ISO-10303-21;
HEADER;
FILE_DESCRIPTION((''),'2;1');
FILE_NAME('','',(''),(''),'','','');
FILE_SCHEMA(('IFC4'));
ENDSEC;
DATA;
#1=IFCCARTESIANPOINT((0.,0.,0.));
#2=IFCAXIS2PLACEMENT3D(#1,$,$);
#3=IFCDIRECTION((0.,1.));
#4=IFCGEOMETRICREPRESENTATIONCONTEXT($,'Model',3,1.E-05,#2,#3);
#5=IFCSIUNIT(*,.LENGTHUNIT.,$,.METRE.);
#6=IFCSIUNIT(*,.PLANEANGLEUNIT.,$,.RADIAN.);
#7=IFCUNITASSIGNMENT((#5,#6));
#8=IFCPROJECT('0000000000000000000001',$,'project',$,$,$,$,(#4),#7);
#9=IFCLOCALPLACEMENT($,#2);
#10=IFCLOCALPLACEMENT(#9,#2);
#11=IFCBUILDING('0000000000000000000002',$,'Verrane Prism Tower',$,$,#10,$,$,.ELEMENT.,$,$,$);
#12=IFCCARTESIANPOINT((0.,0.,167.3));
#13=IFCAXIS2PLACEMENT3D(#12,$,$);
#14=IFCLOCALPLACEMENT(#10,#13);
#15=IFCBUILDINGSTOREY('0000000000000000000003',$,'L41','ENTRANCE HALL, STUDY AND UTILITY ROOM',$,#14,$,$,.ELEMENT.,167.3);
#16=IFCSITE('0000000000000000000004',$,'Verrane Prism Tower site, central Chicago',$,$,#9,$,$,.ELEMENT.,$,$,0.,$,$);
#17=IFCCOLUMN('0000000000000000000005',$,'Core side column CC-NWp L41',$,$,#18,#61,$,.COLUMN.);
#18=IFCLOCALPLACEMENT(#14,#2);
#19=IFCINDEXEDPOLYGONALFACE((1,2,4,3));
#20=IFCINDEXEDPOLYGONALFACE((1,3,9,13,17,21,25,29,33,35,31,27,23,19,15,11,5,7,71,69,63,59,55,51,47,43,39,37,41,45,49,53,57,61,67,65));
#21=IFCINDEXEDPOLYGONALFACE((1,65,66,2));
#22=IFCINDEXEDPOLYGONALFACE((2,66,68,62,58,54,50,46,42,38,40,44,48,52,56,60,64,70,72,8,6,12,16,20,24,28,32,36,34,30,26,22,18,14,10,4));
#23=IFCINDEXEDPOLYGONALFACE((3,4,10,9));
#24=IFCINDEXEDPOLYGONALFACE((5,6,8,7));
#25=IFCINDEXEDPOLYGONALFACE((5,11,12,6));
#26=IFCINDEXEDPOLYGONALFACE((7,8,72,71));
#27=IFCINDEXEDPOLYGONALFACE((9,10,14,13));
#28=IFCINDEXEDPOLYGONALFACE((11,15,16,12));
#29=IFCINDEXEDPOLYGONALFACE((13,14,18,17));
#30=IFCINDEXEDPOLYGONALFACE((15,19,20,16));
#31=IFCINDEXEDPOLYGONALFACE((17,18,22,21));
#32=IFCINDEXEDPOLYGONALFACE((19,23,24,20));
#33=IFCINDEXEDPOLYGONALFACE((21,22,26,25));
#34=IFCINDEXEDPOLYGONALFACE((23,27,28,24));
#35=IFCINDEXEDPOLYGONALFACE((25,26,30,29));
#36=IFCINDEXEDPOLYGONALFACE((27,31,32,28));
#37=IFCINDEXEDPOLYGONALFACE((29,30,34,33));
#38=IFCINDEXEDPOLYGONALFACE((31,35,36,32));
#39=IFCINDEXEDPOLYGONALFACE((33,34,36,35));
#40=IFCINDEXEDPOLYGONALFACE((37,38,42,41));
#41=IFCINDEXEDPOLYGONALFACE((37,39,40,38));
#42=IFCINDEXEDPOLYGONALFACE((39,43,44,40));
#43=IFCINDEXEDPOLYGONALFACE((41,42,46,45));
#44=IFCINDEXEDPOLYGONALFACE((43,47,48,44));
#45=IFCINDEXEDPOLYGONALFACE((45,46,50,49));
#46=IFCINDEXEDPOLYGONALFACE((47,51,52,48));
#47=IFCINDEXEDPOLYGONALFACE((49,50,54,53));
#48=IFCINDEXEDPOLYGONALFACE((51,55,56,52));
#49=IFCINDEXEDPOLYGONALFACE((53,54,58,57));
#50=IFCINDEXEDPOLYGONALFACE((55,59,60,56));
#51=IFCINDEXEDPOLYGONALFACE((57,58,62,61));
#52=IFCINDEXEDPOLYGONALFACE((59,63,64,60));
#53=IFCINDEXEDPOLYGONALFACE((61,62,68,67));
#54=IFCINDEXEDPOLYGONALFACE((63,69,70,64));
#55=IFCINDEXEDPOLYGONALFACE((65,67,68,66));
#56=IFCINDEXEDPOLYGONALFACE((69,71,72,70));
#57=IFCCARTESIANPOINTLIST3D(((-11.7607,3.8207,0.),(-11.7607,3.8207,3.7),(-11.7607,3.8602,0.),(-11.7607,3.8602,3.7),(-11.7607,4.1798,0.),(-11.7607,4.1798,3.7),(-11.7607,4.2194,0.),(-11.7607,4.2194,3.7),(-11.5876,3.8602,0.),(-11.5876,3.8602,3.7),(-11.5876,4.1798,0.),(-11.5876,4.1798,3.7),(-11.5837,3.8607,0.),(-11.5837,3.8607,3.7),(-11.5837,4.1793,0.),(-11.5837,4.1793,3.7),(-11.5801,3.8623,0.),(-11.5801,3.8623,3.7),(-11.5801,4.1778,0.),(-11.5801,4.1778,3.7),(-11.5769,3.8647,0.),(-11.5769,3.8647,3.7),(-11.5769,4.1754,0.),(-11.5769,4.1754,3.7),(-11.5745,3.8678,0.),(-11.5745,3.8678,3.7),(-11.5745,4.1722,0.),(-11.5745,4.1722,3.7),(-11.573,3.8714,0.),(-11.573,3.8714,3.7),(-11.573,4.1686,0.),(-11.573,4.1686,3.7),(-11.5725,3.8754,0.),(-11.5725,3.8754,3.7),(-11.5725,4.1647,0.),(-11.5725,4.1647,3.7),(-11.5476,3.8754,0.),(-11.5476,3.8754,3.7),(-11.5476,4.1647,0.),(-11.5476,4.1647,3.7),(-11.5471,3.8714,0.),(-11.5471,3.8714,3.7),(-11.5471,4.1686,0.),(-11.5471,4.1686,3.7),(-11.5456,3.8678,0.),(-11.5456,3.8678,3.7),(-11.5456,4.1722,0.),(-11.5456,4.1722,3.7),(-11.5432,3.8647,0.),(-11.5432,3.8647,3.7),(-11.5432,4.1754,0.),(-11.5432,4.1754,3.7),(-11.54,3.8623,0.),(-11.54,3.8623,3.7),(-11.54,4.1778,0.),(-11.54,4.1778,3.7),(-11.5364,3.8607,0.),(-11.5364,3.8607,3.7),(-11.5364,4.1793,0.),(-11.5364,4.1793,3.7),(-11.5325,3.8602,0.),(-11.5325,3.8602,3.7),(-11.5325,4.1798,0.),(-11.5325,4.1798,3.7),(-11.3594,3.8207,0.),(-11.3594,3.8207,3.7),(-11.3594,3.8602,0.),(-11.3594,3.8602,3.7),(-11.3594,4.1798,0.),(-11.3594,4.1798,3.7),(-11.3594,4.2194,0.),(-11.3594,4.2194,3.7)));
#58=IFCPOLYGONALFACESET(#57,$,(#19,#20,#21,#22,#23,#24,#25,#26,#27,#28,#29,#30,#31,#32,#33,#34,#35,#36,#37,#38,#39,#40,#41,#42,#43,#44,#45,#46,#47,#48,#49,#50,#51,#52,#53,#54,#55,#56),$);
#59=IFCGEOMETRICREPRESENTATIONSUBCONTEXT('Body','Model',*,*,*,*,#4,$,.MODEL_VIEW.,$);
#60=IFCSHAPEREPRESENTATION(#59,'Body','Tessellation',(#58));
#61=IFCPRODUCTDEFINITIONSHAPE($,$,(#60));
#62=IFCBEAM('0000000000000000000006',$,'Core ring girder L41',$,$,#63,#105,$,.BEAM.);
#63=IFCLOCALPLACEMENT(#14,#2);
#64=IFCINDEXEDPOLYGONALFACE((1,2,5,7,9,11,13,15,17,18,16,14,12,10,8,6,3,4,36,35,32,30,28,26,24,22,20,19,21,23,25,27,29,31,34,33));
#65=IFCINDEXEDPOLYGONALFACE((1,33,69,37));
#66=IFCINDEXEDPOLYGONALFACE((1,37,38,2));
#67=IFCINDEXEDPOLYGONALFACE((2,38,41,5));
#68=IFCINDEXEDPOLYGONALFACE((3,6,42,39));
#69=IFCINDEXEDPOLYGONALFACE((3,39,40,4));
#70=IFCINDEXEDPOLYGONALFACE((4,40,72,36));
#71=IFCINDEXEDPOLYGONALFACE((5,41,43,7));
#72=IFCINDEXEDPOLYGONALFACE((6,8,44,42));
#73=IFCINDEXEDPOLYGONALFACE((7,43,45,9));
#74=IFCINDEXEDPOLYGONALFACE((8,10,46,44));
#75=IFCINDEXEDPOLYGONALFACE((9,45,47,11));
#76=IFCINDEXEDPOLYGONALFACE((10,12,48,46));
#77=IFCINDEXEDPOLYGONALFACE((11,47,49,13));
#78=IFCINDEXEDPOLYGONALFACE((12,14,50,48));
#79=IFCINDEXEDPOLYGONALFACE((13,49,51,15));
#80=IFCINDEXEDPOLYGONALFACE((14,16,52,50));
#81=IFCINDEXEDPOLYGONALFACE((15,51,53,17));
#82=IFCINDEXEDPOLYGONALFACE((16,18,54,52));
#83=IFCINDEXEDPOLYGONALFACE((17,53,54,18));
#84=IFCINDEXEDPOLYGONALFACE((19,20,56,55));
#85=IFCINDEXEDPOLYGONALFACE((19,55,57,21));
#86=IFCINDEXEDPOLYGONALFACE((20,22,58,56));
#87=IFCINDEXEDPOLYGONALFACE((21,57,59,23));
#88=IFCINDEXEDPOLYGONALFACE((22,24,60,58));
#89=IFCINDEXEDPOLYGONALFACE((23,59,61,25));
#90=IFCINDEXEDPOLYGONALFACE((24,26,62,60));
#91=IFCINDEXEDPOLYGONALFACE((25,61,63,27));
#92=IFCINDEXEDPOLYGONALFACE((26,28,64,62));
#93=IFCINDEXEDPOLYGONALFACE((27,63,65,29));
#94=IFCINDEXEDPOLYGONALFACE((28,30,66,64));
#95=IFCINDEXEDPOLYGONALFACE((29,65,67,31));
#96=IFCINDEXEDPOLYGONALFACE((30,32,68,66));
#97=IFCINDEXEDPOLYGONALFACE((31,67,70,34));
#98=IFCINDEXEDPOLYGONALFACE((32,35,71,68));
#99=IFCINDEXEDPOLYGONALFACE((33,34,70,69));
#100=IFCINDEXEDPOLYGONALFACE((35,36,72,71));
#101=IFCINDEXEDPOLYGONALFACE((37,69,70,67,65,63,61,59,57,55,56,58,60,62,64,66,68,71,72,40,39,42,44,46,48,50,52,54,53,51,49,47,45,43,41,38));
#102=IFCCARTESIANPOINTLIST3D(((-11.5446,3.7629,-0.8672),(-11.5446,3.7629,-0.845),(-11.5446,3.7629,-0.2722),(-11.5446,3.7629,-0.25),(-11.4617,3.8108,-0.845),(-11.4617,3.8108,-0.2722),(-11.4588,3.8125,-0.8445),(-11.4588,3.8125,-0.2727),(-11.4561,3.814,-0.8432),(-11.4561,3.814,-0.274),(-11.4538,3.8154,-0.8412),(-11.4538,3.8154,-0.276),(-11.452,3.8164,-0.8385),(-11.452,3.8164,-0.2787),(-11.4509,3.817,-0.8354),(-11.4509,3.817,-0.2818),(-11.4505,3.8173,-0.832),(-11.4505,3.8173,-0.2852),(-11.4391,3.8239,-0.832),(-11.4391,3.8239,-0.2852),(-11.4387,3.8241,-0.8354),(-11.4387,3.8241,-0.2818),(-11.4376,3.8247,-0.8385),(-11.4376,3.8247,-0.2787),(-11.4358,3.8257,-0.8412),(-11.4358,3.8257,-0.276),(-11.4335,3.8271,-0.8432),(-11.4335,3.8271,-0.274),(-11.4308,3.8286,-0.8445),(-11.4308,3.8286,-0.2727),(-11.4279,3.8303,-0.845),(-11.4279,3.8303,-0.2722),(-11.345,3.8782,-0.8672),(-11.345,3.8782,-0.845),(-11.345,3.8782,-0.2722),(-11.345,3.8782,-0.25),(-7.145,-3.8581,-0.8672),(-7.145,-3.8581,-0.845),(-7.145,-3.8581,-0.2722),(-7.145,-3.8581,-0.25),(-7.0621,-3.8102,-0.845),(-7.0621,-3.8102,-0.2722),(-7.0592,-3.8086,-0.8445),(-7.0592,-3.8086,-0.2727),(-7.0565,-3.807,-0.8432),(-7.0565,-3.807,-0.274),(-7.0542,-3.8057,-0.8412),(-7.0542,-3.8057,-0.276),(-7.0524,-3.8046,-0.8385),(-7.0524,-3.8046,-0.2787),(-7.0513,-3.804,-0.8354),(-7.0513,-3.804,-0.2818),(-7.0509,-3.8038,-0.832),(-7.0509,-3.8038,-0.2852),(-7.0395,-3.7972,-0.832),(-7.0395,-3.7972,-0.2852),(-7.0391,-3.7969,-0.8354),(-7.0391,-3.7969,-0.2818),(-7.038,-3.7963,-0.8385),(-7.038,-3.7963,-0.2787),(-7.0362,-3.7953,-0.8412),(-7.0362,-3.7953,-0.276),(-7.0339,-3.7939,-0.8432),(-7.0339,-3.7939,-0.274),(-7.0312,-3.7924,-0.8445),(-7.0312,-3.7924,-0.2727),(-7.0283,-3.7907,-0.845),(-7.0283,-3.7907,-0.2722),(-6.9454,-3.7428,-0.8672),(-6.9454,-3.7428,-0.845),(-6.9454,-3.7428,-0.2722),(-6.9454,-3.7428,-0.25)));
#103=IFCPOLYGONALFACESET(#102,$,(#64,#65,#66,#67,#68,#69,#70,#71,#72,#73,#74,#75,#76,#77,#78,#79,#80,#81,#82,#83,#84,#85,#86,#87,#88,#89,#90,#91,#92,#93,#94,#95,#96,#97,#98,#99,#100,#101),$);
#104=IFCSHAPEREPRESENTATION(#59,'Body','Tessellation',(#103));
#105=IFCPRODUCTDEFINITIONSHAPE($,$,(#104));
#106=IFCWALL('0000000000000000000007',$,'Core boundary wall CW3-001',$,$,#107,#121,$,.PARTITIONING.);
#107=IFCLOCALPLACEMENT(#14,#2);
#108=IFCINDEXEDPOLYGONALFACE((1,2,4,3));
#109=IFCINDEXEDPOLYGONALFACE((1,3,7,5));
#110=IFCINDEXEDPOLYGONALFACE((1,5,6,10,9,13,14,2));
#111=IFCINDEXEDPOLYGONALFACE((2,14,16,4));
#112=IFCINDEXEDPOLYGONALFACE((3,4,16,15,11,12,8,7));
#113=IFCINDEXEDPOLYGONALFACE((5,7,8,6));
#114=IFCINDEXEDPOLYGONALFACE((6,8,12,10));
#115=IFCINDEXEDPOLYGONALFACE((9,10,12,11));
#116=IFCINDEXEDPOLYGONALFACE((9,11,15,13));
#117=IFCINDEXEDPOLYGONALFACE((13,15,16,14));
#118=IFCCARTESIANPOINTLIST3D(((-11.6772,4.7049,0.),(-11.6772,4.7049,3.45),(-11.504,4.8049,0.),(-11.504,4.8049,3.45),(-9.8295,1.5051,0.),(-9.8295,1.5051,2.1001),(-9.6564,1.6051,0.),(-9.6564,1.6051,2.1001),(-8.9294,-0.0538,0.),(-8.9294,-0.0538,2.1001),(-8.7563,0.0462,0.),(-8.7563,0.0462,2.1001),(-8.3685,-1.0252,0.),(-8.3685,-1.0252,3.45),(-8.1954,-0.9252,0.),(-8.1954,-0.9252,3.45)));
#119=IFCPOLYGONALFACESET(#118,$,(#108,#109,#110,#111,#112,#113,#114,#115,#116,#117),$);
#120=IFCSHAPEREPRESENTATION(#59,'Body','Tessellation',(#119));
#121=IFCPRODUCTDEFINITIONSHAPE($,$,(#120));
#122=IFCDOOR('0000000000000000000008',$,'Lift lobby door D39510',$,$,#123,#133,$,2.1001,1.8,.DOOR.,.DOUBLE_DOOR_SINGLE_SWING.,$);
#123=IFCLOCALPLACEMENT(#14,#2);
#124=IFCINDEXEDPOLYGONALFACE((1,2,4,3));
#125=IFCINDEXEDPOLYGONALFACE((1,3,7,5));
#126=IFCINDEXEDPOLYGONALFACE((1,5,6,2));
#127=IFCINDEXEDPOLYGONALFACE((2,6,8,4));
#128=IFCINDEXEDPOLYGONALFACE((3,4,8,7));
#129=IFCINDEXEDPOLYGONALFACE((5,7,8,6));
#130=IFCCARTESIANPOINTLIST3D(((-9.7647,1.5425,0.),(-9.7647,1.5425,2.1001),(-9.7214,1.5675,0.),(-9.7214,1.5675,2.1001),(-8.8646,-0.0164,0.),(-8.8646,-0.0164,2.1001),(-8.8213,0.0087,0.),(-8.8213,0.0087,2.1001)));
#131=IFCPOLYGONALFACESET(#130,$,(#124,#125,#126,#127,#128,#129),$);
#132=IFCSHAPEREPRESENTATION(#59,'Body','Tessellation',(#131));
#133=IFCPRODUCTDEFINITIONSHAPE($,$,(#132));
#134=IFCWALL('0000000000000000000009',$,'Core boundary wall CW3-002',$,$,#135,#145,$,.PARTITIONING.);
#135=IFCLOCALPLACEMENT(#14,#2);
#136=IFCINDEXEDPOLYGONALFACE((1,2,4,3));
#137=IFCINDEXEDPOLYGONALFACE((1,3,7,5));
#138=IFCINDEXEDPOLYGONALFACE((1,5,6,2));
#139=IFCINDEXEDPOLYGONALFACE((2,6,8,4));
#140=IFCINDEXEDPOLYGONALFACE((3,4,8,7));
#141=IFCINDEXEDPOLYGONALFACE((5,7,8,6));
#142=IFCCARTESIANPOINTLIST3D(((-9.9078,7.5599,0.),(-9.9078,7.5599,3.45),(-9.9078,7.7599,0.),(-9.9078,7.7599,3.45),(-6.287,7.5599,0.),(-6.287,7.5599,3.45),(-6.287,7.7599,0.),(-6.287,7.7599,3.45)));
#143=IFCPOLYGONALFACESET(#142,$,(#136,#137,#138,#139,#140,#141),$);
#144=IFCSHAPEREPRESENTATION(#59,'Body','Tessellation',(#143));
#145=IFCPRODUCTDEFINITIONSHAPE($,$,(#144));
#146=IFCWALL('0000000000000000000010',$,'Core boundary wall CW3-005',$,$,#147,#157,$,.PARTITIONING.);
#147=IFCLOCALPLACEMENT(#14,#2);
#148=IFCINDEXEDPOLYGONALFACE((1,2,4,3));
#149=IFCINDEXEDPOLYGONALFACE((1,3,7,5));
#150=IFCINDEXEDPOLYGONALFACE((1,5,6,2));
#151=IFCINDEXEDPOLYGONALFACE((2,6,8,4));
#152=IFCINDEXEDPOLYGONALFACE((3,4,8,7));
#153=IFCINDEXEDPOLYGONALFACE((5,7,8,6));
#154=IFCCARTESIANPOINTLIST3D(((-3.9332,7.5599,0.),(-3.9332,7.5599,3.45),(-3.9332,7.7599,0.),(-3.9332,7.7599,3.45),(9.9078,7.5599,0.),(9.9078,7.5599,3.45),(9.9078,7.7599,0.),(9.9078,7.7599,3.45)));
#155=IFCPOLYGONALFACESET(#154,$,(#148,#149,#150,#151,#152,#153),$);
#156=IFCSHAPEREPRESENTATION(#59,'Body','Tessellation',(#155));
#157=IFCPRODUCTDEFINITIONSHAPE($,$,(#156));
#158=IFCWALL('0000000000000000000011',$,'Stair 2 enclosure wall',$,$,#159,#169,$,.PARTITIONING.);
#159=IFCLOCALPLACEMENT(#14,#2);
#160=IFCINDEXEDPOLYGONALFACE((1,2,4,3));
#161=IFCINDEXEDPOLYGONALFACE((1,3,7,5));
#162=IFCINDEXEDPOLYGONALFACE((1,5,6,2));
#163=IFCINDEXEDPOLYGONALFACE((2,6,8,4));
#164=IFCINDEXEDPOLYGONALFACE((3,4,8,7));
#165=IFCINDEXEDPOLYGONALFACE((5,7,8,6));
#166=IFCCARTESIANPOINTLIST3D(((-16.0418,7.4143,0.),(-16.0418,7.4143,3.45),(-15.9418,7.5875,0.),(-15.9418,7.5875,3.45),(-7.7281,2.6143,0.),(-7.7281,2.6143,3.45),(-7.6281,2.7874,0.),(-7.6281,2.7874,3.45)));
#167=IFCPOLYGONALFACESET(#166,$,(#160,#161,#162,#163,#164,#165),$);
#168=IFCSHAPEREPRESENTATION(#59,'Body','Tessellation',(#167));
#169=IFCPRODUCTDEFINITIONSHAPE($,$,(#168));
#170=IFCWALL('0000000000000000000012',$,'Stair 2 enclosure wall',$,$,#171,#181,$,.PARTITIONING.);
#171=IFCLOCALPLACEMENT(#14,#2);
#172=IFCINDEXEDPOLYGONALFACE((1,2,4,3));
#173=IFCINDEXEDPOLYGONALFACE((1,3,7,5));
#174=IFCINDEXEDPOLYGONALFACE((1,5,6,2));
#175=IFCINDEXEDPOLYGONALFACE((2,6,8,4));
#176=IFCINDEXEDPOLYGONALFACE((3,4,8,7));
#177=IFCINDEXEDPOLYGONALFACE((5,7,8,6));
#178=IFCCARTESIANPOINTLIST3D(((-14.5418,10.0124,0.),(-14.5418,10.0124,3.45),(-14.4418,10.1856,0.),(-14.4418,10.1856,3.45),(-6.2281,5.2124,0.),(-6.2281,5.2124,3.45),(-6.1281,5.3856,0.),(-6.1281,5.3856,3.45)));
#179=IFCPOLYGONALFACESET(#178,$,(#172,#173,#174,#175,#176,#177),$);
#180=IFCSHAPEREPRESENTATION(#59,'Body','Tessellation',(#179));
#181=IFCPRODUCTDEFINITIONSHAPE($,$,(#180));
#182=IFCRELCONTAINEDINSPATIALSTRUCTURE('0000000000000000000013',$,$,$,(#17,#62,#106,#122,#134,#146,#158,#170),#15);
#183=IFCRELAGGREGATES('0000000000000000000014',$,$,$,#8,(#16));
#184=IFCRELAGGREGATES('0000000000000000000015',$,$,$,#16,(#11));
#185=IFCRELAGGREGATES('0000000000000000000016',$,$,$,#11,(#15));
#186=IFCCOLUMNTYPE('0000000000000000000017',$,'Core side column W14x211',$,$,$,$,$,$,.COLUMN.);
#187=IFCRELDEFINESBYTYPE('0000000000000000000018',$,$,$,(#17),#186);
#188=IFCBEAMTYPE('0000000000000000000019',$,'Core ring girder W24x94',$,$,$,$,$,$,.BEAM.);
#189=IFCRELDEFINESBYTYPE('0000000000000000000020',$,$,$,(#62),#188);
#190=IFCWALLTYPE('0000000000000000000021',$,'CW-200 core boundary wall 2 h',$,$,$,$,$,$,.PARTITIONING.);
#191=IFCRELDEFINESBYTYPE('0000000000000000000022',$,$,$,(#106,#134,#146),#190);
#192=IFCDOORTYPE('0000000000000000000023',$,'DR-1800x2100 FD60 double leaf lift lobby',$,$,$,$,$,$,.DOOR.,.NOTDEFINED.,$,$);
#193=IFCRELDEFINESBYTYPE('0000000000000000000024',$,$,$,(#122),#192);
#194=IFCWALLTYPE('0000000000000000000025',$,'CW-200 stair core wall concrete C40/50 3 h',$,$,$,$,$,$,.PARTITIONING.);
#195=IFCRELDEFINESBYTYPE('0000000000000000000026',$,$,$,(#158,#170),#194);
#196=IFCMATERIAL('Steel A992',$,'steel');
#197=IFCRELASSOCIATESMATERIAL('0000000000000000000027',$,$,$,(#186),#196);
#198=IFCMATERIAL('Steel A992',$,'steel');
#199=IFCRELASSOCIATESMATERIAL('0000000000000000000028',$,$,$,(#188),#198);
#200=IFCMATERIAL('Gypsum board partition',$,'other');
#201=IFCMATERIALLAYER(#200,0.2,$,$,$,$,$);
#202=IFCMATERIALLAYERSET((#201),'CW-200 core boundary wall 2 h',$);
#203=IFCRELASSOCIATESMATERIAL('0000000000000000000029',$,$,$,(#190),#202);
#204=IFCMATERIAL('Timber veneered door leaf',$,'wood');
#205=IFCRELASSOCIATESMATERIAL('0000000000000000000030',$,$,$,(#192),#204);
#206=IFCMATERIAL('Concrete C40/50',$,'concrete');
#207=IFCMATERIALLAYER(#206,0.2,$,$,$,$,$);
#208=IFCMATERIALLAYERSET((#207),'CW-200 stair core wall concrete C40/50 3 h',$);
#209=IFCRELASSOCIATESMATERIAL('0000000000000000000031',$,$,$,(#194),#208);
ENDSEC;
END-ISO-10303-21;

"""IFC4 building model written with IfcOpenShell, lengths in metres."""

from ifc_helpers import new_model, si_unit, direction, frame, frame_2d, origin, origin_2d, place, context, subcontext, project, spatial, rectangle, i_section, extrude, material, layer, layer_set, material_profile, profile_set, type_object, element, fill, save


model = new_model("IFC4")

# Units and contexts
model_context = context("Model", 3, precision=1e-05, world=origin(), true_north=direction((0.0, 1.0)))
body_context = subcontext(model_context, "Body", "Model", "MODEL_VIEW")
ifc_project = project(units=[si_unit("LENGTHUNIT", "METRE"), si_unit("PLANEANGLEUNIT", "RADIAN")], contexts=[model_context])

# Site, building, storey
site_placement = place(None, origin())
site = spatial("IfcSite", under=ifc_project, at=site_placement, Name="Verrane Prism Tower site, central Chicago", CompositionType="ELEMENT", RefElevation=0.0)
building_placement = place(site_placement, origin())
building = spatial("IfcBuilding", under=site, at=building_placement, Name="Verrane Prism Tower", CompositionType="ELEMENT")
storey_placement = place(building_placement, frame((0.0, 0.0, 167.3)))
storey = spatial("IfcBuildingStorey", under=building, at=storey_placement, Name="L41", Description="ENTRANCE HALL, STUDY AND UTILITY ROOM", CompositionType="ELEMENT", Elevation=167.3)

# Column
ifc_material_1 = material(Name="Steel A992", Category="steel")
ifc_material_profile_1 = material_profile(ifc_material_1, i_section(OverallWidth=0.4014, OverallDepth=0.3987, WebThickness=0.0249, FlangeThickness=0.0396, FilletRadius=0.0151, at=origin_2d()), Name="W14x211")
ifc_profile_set_1 = profile_set([ifc_material_profile_1], Name="Steel A992")
column_type = type_object("IfcColumnType", Name="Core side column W14x211", PredefinedType="COLUMN", material=ifc_profile_set_1)
column_placement = place(storey_placement, frame((-11.5601, 4.02, 0.0), z_axis=(0.0, 0.0, 1.0), x_axis=(1.0, 0.0, 0.0)))
element("IfcColumn", 1, at=column_placement, inside=storey, type_object=column_type, Name="Core side column CC-NWp L41", PredefinedType="COLUMN", context=body_context, shape_type="SweptSolid", body=[
    extrude(i_section(OverallWidth=0.4014, OverallDepth=0.3987, WebThickness=0.0249, FlangeThickness=0.0396, FilletRadius=0.0151, at=origin_2d()), origin(), (0.0, 0.0, 1.0), 3.7),
])

# Beam
ifc_material_2 = material(Name="Steel A992", Category="steel")
ifc_material_profile_2 = material_profile(ifc_material_2, i_section(OverallWidth=0.2305, OverallDepth=0.6172, WebThickness=0.0132, FlangeThickness=0.0222, FilletRadius=0.0129, at=origin_2d()), Name="W24x94")
ifc_profile_set_2 = profile_set([ifc_material_profile_2], Name="Steel A992")
beam_type = type_object("IfcBeamType", Name="Core ring girder W24x94", PredefinedType="BEAM", material=ifc_profile_set_2)
beam_placement = place(storey_placement, frame((-11.4448, 3.8206, -0.5586), z_axis=(0.499967, -0.866044, 0.0), x_axis=(0.866044, 0.499967, 0.0)))
element("IfcBeam", 2, at=beam_placement, inside=storey, type_object=beam_type, Name="Core ring girder L41", PredefinedType="BEAM", context=body_context, shape_type="SweptSolid", body=[
    extrude(i_section(OverallWidth=0.2305, OverallDepth=0.6172, WebThickness=0.0132, FlangeThickness=0.0222, FilletRadius=0.0129, at=origin_2d()), origin(), (0.0, 0.0, 1.0), 8.7998),
])

# Wall, opening, door
ifc_material_3 = material(Name="Gypsum board partition", Category="other")
ifc_layer_1 = layer(ifc_material_3, 0.2)
ifc_layer_set_1 = layer_set([ifc_layer_1], Name="CW-200 core boundary wall 2 h")
wall_type_1 = type_object("IfcWallType", Name="CW-200 core boundary wall 2 h", PredefinedType="PARTITIONING", material=ifc_layer_set_1)
wall_1_placement = place(storey_placement, frame((-11.5906, 4.7549, 0.0), z_axis=(0.0, 0.0, 1.0), x_axis=(0.500044, -0.866, 0.0)))
wall_1 = element("IfcWall", 3, at=wall_1_placement, inside=storey, type_object=wall_type_1, Name="Core boundary wall CW3-001", PredefinedType="PARTITIONING", context=body_context, shape_type="SweptSolid", body=[
    extrude(rectangle(XDim=6.6167, YDim=0.2, at=frame_2d((3.3083, 0.0))), origin(), (0.0, 0.0, 1.0), 3.45),
])
opening_1_placement = place(wall_1_placement, frame((3.6951, 0.0, 0.0)))
opening_1 = element("IfcOpeningElement", 4, at=opening_1_placement, cuts=wall_1, PredefinedType="OPENING", context=body_context, shape_type="SweptSolid", body=[
    extrude(rectangle(XDim=1.8, YDim=2.1001, at=frame_2d((0.8999, 1.05))), frame((0.0, 0.1099, 0.0), z_axis=(0.0, -1.0, 0.0), x_axis=(1.0, 0.0, 0.0)), (0.0, 0.0, 1.0), 0.22),
])
ifc_material_4 = material(Name="Timber veneered door leaf", Category="wood")
door_type_1 = type_object("IfcDoorType", Name="DR-1800x2100 FD60 double leaf lift lobby", OperationType="NOTDEFINED", PredefinedType="DOOR", material=ifc_material_4)
door_1_placement = place(opening_1_placement, origin())
door_1 = element("IfcDoor", 5, at=door_1_placement, inside=storey, type_object=door_type_1, Name="Lift lobby door D39510", OperationType="DOUBLE_DOOR_SINGLE_SWING", OverallHeight=2.1001, OverallWidth=1.8, PredefinedType="DOOR", context=body_context, shape_type="SweptSolid", body=[
    extrude(rectangle(XDim=1.8, YDim=2.1001, at=frame_2d((0.8999, 1.05))), frame((0.0, 0.0249, 0.0), z_axis=(0.0, -1.0, 0.0), x_axis=(1.0, 0.0, 0.0)), (0.0, 0.0, 1.0), 0.05),
])
fill(opening_1, door_1)

# Walls
wall_2_placement = place(storey_placement, frame((-9.908, 7.6599, 0.0), z_axis=(0.0, 0.0, 1.0), x_axis=(1.0, 0.0, 0.0)))
element("IfcWall", 6, at=wall_2_placement, inside=storey, type_object=wall_type_1, Name="Core boundary wall CW3-002", PredefinedType="PARTITIONING", context=body_context, shape_type="SweptSolid", body=[
    extrude(rectangle(XDim=3.6208, YDim=0.2, at=frame_2d((1.8105, 0.0))), origin(), (0.0, 0.0, 1.0), 3.45),
])
wall_3_placement = place(storey_placement, frame((-3.9331, 7.6599, 0.0), z_axis=(0.0, 0.0, 1.0), x_axis=(1.0, 0.0, 0.0)))
element("IfcWall", 7, at=wall_3_placement, inside=storey, type_object=wall_type_1, Name="Core boundary wall CW3-005", PredefinedType="PARTITIONING", context=body_context, shape_type="SweptSolid", body=[
    extrude(rectangle(XDim=13.8411, YDim=0.2, at=frame_2d((6.9204, 0.0))), origin(), (0.0, 0.0, 1.0), 3.45),
])
ifc_material_5 = material(Name="Concrete C40/50", Category="concrete")
ifc_layer_2 = layer(ifc_material_5, 0.2)
ifc_layer_set_2 = layer_set([ifc_layer_2], Name="CW-200 stair core wall concrete C40/50 3 h")
wall_type_2 = type_object("IfcWallType", Name="CW-200 stair core wall concrete C40/50 3 h", PredefinedType="PARTITIONING", material=ifc_layer_set_2)
for number, where, z_axis, x_axis, name in (
    (8, (-7.6782, 2.7009, 0.0), (0.0, 0.0, 1.0), (-0.86602, 0.500009, 0.0), "Stair 2 enclosure wall"),
    (9, (-6.1782, 5.2991, 0.0), (0.0, 0.0, 1.0), (-0.86602, 0.500009, 0.0), "Stair 2 enclosure wall"),
):
    element("IfcWall", number, at=place(storey_placement, frame(where, z_axis=z_axis, x_axis=x_axis)), inside=storey, type_object=wall_type_2, Name=name, PredefinedType="PARTITIONING", context=body_context, shape_type="SweptSolid", body=[
        extrude(rectangle(XDim=9.5999, YDim=0.2, at=frame_2d((4.7998, 0.0))), origin(), (0.0, 0.0, 1.0), 3.45),
    ])

save(model, "model.ifc")
